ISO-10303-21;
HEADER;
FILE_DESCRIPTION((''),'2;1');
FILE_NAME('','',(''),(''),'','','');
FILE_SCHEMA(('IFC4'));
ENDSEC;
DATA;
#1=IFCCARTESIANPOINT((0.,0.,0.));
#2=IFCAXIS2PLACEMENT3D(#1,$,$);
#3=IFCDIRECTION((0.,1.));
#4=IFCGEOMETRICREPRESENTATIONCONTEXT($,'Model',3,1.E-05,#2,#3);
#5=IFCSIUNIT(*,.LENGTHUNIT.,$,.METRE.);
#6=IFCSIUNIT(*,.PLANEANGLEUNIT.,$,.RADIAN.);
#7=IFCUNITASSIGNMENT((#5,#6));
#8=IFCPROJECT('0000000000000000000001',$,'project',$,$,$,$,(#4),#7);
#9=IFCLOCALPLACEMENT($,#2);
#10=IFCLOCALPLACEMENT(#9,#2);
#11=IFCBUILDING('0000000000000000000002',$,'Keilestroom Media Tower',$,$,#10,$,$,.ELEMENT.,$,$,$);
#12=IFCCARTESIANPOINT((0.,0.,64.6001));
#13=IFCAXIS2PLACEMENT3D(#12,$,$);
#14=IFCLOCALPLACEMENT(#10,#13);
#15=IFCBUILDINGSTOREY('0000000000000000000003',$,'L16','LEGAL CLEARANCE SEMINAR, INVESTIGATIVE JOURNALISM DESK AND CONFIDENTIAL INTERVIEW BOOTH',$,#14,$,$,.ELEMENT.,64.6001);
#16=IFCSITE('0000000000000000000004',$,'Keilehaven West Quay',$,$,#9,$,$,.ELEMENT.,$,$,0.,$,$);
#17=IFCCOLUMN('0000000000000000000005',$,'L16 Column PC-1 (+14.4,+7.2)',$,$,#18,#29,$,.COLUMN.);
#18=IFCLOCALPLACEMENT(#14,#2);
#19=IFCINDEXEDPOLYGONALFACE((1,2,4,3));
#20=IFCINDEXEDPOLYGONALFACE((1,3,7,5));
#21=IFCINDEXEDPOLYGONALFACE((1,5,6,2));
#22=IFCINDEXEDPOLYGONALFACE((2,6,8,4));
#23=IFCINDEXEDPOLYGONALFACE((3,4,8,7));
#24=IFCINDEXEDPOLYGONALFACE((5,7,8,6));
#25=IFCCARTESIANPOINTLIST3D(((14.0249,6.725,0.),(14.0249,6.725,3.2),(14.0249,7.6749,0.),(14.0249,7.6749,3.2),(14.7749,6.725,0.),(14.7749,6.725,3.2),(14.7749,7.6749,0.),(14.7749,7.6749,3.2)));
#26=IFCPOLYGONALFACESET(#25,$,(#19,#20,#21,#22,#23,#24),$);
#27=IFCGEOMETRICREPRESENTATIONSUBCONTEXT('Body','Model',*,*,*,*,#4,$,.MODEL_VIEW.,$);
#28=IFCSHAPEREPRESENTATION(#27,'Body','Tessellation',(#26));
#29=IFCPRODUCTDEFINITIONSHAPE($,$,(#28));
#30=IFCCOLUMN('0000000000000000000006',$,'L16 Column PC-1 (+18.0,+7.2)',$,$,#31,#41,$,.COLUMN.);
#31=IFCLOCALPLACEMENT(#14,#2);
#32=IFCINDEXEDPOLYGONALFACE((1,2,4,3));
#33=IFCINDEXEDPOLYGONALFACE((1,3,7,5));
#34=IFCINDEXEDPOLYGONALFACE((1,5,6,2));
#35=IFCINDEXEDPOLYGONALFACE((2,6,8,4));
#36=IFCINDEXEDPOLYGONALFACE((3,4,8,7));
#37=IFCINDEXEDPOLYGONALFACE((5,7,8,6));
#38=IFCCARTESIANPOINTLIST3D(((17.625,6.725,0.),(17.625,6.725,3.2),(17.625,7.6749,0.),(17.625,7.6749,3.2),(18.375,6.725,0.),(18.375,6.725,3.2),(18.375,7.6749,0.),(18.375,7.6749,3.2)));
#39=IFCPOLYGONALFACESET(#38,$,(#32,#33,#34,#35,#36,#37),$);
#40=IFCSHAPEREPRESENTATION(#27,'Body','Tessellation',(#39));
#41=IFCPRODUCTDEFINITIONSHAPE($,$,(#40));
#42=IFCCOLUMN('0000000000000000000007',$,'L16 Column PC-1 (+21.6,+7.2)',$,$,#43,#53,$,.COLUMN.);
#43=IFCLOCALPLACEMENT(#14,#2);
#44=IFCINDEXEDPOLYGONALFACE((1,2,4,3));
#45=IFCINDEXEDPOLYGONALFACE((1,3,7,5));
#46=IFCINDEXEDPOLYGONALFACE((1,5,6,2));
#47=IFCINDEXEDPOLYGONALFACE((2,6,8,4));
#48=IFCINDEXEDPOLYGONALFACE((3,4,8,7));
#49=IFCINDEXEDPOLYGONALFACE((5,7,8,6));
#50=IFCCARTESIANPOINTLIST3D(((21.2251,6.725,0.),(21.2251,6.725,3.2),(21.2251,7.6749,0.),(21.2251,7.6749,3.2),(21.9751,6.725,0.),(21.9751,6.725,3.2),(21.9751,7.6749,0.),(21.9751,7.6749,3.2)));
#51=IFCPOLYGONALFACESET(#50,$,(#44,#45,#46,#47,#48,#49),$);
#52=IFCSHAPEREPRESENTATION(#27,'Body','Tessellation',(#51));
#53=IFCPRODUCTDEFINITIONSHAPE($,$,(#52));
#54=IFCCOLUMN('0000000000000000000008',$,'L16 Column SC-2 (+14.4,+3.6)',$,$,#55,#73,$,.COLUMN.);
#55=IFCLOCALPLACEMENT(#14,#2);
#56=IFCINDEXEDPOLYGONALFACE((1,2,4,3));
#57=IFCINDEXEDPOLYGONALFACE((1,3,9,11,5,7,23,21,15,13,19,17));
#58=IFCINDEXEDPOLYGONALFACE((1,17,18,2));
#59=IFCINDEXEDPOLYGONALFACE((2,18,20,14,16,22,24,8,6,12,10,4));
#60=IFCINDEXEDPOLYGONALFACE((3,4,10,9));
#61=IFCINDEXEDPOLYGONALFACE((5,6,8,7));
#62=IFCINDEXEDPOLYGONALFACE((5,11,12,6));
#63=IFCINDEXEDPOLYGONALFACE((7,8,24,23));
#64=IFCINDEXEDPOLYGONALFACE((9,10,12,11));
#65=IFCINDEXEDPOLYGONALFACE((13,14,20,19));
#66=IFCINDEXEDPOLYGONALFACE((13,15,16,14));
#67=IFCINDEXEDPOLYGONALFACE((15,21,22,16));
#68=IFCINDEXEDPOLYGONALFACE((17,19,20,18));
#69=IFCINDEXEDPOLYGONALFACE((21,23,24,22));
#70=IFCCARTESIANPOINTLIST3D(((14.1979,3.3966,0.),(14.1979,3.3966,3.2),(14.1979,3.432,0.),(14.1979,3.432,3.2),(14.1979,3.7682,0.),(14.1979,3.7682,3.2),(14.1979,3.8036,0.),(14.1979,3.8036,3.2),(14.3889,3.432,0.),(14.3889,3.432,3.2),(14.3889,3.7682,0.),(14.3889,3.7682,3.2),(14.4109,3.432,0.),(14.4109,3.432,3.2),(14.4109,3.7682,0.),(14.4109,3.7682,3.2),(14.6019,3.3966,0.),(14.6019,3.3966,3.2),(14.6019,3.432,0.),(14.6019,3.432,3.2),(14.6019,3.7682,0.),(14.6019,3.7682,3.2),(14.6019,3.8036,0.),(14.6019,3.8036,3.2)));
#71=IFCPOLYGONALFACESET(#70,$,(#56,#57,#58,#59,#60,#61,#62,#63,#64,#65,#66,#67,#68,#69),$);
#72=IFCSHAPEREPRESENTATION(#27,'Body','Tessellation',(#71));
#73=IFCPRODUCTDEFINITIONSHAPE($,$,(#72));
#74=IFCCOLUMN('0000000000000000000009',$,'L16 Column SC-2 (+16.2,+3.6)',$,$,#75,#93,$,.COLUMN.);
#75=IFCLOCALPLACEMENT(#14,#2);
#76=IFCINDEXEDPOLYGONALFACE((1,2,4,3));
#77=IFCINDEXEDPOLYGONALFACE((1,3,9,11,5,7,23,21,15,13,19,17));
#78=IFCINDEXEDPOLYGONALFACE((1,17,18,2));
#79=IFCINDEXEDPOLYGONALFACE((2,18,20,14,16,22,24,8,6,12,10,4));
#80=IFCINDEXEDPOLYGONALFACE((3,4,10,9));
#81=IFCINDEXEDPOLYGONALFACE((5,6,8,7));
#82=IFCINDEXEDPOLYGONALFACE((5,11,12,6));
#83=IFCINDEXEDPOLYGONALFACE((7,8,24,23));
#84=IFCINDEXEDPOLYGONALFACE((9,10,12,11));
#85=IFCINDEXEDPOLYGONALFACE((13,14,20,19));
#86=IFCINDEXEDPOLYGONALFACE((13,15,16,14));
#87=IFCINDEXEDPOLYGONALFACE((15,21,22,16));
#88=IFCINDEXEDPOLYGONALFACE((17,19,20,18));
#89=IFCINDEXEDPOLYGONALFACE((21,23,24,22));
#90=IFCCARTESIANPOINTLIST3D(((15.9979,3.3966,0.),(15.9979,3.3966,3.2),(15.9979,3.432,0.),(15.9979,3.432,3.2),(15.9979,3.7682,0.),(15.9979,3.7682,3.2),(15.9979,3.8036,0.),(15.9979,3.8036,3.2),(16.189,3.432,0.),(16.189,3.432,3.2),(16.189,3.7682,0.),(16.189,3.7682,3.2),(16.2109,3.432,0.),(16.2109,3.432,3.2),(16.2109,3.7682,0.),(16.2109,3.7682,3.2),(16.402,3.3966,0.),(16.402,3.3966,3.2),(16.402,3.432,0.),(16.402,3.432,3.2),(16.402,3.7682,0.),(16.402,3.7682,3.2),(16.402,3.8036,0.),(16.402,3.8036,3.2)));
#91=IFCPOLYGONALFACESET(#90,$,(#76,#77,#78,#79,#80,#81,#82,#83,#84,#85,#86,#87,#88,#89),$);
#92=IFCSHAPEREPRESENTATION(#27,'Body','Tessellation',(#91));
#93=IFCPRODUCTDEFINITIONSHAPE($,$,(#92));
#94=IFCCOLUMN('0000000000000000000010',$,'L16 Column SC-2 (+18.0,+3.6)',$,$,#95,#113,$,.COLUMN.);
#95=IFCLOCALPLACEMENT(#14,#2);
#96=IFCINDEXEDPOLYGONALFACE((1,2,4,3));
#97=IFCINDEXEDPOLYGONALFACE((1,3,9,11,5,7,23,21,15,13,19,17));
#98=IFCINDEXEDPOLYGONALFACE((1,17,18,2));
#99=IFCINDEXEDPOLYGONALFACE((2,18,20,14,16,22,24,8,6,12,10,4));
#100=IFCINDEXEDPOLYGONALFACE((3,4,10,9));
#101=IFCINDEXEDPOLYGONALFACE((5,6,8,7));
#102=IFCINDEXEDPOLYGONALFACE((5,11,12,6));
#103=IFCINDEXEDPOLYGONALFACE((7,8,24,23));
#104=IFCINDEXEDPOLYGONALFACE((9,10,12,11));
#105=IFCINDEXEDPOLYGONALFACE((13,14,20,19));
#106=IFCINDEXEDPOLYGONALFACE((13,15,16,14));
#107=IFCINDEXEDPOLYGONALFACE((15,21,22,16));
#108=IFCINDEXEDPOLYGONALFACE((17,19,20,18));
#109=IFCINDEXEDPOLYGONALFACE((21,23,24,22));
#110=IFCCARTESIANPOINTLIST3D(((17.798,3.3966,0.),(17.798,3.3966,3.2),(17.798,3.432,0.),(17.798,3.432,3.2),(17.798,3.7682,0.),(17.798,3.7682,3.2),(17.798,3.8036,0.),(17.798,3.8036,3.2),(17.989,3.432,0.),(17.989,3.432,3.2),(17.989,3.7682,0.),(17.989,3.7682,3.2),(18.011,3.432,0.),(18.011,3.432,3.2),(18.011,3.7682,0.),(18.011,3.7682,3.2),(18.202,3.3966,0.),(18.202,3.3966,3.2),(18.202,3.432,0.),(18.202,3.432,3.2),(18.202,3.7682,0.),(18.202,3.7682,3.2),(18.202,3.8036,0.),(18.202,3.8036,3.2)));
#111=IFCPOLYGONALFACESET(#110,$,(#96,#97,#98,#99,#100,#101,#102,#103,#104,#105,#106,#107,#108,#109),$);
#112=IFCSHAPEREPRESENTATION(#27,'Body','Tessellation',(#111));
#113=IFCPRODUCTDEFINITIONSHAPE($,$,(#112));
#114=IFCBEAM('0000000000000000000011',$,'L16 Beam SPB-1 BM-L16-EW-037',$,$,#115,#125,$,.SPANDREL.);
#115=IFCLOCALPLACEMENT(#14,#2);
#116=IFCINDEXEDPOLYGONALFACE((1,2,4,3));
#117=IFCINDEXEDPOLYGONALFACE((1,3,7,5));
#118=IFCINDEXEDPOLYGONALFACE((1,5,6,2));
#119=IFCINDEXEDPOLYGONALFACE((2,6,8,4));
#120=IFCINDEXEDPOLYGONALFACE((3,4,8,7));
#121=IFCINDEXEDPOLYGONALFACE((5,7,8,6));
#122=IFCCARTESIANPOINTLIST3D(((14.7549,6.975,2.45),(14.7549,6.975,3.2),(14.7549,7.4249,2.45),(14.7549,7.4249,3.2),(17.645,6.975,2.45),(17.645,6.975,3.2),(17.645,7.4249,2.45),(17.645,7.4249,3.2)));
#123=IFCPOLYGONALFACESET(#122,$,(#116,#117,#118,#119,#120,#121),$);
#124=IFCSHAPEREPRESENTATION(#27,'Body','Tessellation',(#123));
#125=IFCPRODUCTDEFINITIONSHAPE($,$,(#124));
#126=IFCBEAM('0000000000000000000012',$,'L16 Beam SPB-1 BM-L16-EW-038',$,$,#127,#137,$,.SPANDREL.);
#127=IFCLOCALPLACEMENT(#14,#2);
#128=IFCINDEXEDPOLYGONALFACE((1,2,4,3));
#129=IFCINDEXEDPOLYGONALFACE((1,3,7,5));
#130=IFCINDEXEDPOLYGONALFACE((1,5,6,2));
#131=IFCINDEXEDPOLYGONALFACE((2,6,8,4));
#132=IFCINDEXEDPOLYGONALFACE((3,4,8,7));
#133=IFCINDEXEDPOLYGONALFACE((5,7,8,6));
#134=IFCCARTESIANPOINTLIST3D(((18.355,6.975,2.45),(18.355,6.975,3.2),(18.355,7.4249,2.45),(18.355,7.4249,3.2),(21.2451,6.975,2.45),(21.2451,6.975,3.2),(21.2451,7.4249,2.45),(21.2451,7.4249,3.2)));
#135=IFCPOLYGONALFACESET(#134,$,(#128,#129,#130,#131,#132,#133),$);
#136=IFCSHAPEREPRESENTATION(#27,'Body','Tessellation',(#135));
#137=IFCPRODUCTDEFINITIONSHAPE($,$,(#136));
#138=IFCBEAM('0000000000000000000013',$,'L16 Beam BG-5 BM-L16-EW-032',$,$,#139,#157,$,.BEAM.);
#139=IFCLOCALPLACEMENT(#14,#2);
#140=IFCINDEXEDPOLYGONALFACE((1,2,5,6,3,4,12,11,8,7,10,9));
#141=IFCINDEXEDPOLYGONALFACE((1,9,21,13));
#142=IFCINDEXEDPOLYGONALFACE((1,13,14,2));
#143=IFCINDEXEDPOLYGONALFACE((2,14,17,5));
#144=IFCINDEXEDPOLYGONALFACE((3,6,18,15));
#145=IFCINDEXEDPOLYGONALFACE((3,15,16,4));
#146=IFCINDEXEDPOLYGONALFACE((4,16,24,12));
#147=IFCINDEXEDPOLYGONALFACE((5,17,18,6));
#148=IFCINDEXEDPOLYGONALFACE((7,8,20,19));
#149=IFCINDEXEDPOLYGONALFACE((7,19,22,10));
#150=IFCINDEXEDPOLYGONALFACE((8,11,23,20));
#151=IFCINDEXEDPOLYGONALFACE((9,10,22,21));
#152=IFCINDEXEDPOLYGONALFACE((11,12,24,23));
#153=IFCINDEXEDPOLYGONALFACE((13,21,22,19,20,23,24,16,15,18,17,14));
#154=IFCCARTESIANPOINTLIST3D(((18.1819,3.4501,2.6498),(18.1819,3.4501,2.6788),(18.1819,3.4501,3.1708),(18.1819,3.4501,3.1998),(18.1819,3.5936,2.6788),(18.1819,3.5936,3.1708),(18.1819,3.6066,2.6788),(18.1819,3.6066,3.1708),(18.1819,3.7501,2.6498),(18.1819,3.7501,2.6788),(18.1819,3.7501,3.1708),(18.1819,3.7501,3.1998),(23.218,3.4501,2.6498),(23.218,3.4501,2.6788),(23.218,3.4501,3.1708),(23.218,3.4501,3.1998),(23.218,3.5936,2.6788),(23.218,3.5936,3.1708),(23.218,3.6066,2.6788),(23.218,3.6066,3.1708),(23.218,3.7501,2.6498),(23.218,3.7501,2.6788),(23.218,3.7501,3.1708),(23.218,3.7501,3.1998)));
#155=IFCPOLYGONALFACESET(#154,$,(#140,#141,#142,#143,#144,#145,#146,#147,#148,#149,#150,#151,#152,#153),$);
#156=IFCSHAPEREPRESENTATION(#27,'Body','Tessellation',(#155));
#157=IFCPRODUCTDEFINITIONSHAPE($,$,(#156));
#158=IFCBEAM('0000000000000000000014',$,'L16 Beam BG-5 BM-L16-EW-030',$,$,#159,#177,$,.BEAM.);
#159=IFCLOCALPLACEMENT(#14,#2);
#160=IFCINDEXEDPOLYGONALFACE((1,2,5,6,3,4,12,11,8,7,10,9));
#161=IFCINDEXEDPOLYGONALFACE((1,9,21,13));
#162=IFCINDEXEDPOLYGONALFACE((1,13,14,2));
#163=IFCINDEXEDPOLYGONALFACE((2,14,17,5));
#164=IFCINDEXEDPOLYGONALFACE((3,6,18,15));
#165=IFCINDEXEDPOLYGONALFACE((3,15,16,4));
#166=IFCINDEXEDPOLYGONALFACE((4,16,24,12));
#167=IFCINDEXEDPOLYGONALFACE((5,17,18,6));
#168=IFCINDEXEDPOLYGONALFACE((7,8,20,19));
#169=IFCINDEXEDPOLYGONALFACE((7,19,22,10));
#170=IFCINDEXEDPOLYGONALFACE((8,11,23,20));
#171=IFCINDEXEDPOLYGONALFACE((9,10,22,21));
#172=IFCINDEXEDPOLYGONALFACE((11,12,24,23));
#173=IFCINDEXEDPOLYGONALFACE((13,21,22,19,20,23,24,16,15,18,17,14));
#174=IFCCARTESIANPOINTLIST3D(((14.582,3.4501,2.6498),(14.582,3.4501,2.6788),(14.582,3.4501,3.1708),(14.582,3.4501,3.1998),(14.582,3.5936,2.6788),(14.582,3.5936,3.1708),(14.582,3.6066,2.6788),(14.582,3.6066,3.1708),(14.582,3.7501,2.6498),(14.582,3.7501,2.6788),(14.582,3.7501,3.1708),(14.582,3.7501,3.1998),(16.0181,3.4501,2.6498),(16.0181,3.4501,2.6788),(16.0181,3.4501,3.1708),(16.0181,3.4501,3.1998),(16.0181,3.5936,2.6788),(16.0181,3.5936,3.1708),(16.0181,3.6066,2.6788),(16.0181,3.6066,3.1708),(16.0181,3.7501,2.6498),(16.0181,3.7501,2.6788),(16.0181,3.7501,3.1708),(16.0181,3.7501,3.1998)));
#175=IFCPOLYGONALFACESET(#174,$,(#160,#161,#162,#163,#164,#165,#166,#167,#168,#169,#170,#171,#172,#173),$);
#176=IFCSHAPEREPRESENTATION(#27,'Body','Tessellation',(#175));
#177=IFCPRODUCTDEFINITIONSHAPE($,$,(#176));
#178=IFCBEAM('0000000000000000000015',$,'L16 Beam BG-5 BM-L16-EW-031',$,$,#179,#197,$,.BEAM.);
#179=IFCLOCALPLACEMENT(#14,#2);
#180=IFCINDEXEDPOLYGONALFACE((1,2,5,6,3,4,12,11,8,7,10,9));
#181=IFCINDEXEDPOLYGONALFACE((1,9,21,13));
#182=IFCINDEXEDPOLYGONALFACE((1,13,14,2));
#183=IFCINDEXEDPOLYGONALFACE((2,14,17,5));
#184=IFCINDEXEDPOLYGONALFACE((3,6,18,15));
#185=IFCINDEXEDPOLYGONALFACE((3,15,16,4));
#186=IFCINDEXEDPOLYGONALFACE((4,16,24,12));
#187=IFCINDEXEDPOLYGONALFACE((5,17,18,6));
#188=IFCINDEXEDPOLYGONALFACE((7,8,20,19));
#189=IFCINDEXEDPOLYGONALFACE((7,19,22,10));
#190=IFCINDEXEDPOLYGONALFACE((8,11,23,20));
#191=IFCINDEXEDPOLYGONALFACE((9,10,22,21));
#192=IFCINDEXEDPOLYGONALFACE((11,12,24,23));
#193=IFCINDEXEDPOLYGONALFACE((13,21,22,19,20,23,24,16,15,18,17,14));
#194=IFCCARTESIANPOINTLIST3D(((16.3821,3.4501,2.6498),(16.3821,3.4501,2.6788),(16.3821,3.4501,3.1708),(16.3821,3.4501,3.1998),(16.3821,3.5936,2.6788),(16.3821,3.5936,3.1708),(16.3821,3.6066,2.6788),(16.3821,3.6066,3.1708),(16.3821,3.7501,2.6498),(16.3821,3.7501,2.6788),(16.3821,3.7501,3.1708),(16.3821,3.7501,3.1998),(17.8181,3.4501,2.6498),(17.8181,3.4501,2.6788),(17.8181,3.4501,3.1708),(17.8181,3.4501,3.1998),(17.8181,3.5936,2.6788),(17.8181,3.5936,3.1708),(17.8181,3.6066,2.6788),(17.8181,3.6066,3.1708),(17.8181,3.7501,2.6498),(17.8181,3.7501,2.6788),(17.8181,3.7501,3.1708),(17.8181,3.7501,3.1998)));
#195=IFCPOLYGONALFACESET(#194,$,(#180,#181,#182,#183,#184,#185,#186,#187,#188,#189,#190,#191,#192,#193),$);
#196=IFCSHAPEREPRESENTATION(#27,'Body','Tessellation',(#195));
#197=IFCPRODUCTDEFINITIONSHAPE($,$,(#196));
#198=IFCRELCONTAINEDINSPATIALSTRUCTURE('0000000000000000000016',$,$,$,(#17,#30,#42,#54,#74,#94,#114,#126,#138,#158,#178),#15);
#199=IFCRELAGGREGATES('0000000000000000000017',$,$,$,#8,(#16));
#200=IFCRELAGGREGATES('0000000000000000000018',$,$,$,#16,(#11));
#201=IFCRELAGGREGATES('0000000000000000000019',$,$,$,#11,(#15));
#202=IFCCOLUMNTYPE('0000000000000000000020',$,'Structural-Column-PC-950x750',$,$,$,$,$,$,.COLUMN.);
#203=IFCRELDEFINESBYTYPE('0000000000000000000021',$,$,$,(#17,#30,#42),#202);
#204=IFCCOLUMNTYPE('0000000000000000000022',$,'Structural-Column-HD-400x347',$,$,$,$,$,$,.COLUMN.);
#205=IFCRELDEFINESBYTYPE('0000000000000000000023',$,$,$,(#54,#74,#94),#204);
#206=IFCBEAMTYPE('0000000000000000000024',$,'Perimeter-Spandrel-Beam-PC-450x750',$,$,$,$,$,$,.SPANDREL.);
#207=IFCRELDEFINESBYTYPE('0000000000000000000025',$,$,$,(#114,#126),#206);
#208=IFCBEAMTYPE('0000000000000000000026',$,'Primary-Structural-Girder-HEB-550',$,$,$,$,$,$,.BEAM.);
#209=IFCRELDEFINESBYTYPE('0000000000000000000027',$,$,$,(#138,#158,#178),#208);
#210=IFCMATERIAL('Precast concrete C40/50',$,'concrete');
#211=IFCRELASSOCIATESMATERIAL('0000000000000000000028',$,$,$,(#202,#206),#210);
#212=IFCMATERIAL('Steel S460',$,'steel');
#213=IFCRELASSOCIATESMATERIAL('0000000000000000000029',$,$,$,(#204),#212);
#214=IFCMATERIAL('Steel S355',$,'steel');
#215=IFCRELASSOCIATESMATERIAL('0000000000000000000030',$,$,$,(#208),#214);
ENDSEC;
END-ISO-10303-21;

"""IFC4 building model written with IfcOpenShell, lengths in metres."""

from ifc_helpers import new_model, si_unit, direction, frame, origin, origin_2d, place, context, subcontext, project, spatial, rectangle, i_section, extrude, source, transform, mapped, material, material_profile, profile_set, type_object, element, save


model = new_model("IFC4")

# Units and contexts
model_context = context("Model", 3, precision=1e-05, world=origin(), true_north=direction((0.0, 1.0)))
body_context = subcontext(model_context, "Body", "Model", "MODEL_VIEW")
ifc_project = project(units=[si_unit("LENGTHUNIT", "METRE"), si_unit("PLANEANGLEUNIT", "RADIAN")], contexts=[model_context])

# Site, building, storey
site_placement = place(None, origin())
site = spatial("IfcSite", under=ifc_project, at=site_placement, Name="Keilehaven West Quay", CompositionType="ELEMENT", RefElevation=0.0)
building_placement = place(site_placement, origin())
building = spatial("IfcBuilding", under=site, at=building_placement, Name="Keilestroom Media Tower", CompositionType="ELEMENT")
storey_placement = place(building_placement, frame((0.0, 0.0, 64.6001)))
storey = spatial("IfcBuildingStorey", under=building, at=storey_placement, Name="L16", Description="LEGAL CLEARANCE SEMINAR, INVESTIGATIVE JOURNALISM DESK AND CONFIDENTIAL INTERVIEW BOOTH", CompositionType="ELEMENT", Elevation=64.6001)

# Columns
ifc_material_1 = material(Name="Precast concrete C40/50", Category="concrete")
ifc_material_profile_1 = material_profile(ifc_material_1, rectangle(XDim=0.75, YDim=0.95, at=origin_2d()), Name="PC 950x750")
ifc_profile_set_1 = profile_set([ifc_material_profile_1], Name="Precast concrete C40/50")
column_type_1 = type_object("IfcColumnType", Name="Structural-Column-PC-950x750", PredefinedType="COLUMN", material=ifc_profile_set_1)
shared_shape_1 = source(origin(), body_context, "Body", "SweptSolid", [
    extrude(rectangle(XDim=0.75, YDim=0.95, at=origin_2d()), origin(), (0.0, 0.0, 1.0), 3.2),
])
for number, where, z_axis, x_axis, name in (
    (1, (14.3999, 7.2, 0.0), (0.0, 0.0, 1.0), (1.0, 0.0, 0.0), "L16 Column PC-1 (+14.4,+7.2)"),
    (2, (18.0, 7.2, 0.0), (0.0, 0.0, 1.0), (1.0, 0.0, 0.0), "L16 Column PC-1 (+18.0,+7.2)"),
    (3, (21.6001, 7.2, 0.0), (0.0, 0.0, 1.0), (1.0, 0.0, 0.0), "L16 Column PC-1 (+21.6,+7.2)"),
):
    element("IfcColumn", number, at=place(storey_placement, frame(where, z_axis=z_axis, x_axis=x_axis)), inside=storey, type_object=column_type_1, Name=name, PredefinedType="COLUMN", context=body_context, shape_type="MappedRepresentation", body=[
        mapped(shared_shape_1, transform((0.0, 0.0, 0.0), x_axis=(1.0, 0.0, 0.0), y_axis=(0.0, 1.0, 0.0), z_axis=(0.0, 0.0, 1.0), scale=1.0)),
    ])
ifc_material_2 = material(Name="Steel S460", Category="steel")
ifc_material_profile_2 = material_profile(ifc_material_2, i_section(OverallWidth=0.4041, OverallDepth=0.407, WebThickness=0.022, FlangeThickness=0.0354, at=origin_2d()), Name="HD 400x347")
ifc_profile_set_2 = profile_set([ifc_material_profile_2], Name="Steel S460")
column_type_2 = type_object("IfcColumnType", Name="Structural-Column-HD-400x347", PredefinedType="COLUMN", material=ifc_profile_set_2)
shared_shape_2 = source(origin(), body_context, "Body", "SweptSolid", [
    extrude(i_section(OverallWidth=0.4041, OverallDepth=0.407, WebThickness=0.022, FlangeThickness=0.0354, at=origin_2d()), origin(), (0.0, 0.0, 1.0), 3.2),
])
for number, where, z_axis, x_axis, name in (
    (4, (14.3999, 3.6001, 0.0), (0.0, 0.0, 1.0), (1.0, 0.0, 0.0), "L16 Column SC-2 (+14.4,+3.6)"),
    (5, (16.2, 3.6001, 0.0), (0.0, 0.0, 1.0), (1.0, 0.0, 0.0), "L16 Column SC-2 (+16.2,+3.6)"),
    (6, (18.0, 3.6001, 0.0), (0.0, 0.0, 1.0), (1.0, 0.0, 0.0), "L16 Column SC-2 (+18.0,+3.6)"),
):
    element("IfcColumn", number, at=place(storey_placement, frame(where, z_axis=z_axis, x_axis=x_axis)), inside=storey, type_object=column_type_2, Name=name, PredefinedType="COLUMN", context=body_context, shape_type="MappedRepresentation", body=[
        mapped(shared_shape_2, transform((0.0, 0.0, 0.0), x_axis=(1.0, 0.0, 0.0), y_axis=(0.0, 1.0, 0.0), z_axis=(0.0, 0.0, 1.0), scale=1.0)),
    ])

# Beams
ifc_material_profile_3 = material_profile(ifc_material_1, rectangle(XDim=0.45, YDim=0.75, at=origin_2d()), Name="PC 450x750")
ifc_profile_set_3 = profile_set([ifc_material_profile_3], Name="Precast concrete C40/50")
beam_type_1 = type_object("IfcBeamType", Name="Perimeter-Spandrel-Beam-PC-450x750", PredefinedType="SPANDREL", material=ifc_profile_set_3)
shared_shape_3 = source(origin(), body_context, "Body", "SweptSolid", [
    extrude(rectangle(XDim=0.45, YDim=0.75, at=origin_2d()), origin(), (0.0, 0.0, 1.0), 2.8901),
])
for number, where, z_axis, x_axis, name in (
    (7, (14.7549, 7.2, 2.825), (1.0, 0.0, 0.0), (0.0, 1.0, 0.0), "L16 Beam SPB-1 BM-L16-EW-037"),
    (8, (18.355, 7.2, 2.825), (1.0, 0.0, 0.0), (0.0, 1.0, 0.0), "L16 Beam SPB-1 BM-L16-EW-038"),
):
    element("IfcBeam", number, at=place(storey_placement, frame(where, z_axis=z_axis, x_axis=x_axis)), inside=storey, type_object=beam_type_1, Name=name, PredefinedType="SPANDREL", context=body_context, shape_type="MappedRepresentation", body=[
        mapped(shared_shape_3, transform((0.0, 0.0, 0.0), x_axis=(1.0, 0.0, 0.0), y_axis=(0.0, 1.0, 0.0), z_axis=(0.0, 0.0, 1.0), scale=1.0)),
    ])
ifc_material_3 = material(Name="Steel S355", Category="steel")
ifc_material_profile_4 = material_profile(ifc_material_3, i_section(OverallWidth=0.3, OverallDepth=0.55, WebThickness=0.0129, FlangeThickness=0.0291, at=origin_2d()), Name="HEB 550")
ifc_profile_set_4 = profile_set([ifc_material_profile_4], Name="Steel S355")
beam_type_2 = type_object("IfcBeamType", Name="Primary-Structural-Girder-HEB-550", PredefinedType="BEAM", material=ifc_profile_set_4)
shared_shape_4 = source(origin(), body_context, "Body", "SweptSolid", [
    extrude(i_section(OverallWidth=0.3, OverallDepth=0.55, WebThickness=0.0129, FlangeThickness=0.0291, at=origin_2d()), origin(), (0.0, 0.0, 1.0), 5.0361),
])
beam_placement = place(storey_placement, frame((18.1819, 3.6001, 2.9248), z_axis=(1.0, 0.0, 0.0), x_axis=(0.0, 1.0, 0.0)))
element("IfcBeam", 9, at=beam_placement, inside=storey, type_object=beam_type_2, Name="L16 Beam BG-5 BM-L16-EW-032", PredefinedType="BEAM", context=body_context, shape_type="MappedRepresentation", body=[
    mapped(shared_shape_4, transform((0.0, 0.0, 0.0), x_axis=(1.0, 0.0, 0.0), y_axis=(0.0, 1.0, 0.0), z_axis=(0.0, 0.0, 1.0), scale=1.0)),
])
shared_shape_5 = source(origin(), body_context, "Body", "SweptSolid", [
    extrude(i_section(OverallWidth=0.3, OverallDepth=0.55, WebThickness=0.0129, FlangeThickness=0.0291, at=origin_2d()), origin(), (0.0, 0.0, 1.0), 1.436),
])
for number, where, z_axis, x_axis, name in (
    (10, (14.582, 3.6001, 2.9248), (1.0, 0.0, 0.0), (0.0, 1.0, 0.0), "L16 Beam BG-5 BM-L16-EW-030"),
    (11, (16.3821, 3.6001, 2.9248), (1.0, 0.0, 0.0), (0.0, 1.0, 0.0), "L16 Beam BG-5 BM-L16-EW-031"),
):
    element("IfcBeam", number, at=place(storey_placement, frame(where, z_axis=z_axis, x_axis=x_axis)), inside=storey, type_object=beam_type_2, Name=name, PredefinedType="BEAM", context=body_context, shape_type="MappedRepresentation", body=[
        mapped(shared_shape_5, transform((0.0, 0.0, 0.0), x_axis=(1.0, 0.0, 0.0), y_axis=(0.0, 1.0, 0.0), z_axis=(0.0, 0.0, 1.0), scale=1.0)),
    ])

save(model, "model.ifc")
